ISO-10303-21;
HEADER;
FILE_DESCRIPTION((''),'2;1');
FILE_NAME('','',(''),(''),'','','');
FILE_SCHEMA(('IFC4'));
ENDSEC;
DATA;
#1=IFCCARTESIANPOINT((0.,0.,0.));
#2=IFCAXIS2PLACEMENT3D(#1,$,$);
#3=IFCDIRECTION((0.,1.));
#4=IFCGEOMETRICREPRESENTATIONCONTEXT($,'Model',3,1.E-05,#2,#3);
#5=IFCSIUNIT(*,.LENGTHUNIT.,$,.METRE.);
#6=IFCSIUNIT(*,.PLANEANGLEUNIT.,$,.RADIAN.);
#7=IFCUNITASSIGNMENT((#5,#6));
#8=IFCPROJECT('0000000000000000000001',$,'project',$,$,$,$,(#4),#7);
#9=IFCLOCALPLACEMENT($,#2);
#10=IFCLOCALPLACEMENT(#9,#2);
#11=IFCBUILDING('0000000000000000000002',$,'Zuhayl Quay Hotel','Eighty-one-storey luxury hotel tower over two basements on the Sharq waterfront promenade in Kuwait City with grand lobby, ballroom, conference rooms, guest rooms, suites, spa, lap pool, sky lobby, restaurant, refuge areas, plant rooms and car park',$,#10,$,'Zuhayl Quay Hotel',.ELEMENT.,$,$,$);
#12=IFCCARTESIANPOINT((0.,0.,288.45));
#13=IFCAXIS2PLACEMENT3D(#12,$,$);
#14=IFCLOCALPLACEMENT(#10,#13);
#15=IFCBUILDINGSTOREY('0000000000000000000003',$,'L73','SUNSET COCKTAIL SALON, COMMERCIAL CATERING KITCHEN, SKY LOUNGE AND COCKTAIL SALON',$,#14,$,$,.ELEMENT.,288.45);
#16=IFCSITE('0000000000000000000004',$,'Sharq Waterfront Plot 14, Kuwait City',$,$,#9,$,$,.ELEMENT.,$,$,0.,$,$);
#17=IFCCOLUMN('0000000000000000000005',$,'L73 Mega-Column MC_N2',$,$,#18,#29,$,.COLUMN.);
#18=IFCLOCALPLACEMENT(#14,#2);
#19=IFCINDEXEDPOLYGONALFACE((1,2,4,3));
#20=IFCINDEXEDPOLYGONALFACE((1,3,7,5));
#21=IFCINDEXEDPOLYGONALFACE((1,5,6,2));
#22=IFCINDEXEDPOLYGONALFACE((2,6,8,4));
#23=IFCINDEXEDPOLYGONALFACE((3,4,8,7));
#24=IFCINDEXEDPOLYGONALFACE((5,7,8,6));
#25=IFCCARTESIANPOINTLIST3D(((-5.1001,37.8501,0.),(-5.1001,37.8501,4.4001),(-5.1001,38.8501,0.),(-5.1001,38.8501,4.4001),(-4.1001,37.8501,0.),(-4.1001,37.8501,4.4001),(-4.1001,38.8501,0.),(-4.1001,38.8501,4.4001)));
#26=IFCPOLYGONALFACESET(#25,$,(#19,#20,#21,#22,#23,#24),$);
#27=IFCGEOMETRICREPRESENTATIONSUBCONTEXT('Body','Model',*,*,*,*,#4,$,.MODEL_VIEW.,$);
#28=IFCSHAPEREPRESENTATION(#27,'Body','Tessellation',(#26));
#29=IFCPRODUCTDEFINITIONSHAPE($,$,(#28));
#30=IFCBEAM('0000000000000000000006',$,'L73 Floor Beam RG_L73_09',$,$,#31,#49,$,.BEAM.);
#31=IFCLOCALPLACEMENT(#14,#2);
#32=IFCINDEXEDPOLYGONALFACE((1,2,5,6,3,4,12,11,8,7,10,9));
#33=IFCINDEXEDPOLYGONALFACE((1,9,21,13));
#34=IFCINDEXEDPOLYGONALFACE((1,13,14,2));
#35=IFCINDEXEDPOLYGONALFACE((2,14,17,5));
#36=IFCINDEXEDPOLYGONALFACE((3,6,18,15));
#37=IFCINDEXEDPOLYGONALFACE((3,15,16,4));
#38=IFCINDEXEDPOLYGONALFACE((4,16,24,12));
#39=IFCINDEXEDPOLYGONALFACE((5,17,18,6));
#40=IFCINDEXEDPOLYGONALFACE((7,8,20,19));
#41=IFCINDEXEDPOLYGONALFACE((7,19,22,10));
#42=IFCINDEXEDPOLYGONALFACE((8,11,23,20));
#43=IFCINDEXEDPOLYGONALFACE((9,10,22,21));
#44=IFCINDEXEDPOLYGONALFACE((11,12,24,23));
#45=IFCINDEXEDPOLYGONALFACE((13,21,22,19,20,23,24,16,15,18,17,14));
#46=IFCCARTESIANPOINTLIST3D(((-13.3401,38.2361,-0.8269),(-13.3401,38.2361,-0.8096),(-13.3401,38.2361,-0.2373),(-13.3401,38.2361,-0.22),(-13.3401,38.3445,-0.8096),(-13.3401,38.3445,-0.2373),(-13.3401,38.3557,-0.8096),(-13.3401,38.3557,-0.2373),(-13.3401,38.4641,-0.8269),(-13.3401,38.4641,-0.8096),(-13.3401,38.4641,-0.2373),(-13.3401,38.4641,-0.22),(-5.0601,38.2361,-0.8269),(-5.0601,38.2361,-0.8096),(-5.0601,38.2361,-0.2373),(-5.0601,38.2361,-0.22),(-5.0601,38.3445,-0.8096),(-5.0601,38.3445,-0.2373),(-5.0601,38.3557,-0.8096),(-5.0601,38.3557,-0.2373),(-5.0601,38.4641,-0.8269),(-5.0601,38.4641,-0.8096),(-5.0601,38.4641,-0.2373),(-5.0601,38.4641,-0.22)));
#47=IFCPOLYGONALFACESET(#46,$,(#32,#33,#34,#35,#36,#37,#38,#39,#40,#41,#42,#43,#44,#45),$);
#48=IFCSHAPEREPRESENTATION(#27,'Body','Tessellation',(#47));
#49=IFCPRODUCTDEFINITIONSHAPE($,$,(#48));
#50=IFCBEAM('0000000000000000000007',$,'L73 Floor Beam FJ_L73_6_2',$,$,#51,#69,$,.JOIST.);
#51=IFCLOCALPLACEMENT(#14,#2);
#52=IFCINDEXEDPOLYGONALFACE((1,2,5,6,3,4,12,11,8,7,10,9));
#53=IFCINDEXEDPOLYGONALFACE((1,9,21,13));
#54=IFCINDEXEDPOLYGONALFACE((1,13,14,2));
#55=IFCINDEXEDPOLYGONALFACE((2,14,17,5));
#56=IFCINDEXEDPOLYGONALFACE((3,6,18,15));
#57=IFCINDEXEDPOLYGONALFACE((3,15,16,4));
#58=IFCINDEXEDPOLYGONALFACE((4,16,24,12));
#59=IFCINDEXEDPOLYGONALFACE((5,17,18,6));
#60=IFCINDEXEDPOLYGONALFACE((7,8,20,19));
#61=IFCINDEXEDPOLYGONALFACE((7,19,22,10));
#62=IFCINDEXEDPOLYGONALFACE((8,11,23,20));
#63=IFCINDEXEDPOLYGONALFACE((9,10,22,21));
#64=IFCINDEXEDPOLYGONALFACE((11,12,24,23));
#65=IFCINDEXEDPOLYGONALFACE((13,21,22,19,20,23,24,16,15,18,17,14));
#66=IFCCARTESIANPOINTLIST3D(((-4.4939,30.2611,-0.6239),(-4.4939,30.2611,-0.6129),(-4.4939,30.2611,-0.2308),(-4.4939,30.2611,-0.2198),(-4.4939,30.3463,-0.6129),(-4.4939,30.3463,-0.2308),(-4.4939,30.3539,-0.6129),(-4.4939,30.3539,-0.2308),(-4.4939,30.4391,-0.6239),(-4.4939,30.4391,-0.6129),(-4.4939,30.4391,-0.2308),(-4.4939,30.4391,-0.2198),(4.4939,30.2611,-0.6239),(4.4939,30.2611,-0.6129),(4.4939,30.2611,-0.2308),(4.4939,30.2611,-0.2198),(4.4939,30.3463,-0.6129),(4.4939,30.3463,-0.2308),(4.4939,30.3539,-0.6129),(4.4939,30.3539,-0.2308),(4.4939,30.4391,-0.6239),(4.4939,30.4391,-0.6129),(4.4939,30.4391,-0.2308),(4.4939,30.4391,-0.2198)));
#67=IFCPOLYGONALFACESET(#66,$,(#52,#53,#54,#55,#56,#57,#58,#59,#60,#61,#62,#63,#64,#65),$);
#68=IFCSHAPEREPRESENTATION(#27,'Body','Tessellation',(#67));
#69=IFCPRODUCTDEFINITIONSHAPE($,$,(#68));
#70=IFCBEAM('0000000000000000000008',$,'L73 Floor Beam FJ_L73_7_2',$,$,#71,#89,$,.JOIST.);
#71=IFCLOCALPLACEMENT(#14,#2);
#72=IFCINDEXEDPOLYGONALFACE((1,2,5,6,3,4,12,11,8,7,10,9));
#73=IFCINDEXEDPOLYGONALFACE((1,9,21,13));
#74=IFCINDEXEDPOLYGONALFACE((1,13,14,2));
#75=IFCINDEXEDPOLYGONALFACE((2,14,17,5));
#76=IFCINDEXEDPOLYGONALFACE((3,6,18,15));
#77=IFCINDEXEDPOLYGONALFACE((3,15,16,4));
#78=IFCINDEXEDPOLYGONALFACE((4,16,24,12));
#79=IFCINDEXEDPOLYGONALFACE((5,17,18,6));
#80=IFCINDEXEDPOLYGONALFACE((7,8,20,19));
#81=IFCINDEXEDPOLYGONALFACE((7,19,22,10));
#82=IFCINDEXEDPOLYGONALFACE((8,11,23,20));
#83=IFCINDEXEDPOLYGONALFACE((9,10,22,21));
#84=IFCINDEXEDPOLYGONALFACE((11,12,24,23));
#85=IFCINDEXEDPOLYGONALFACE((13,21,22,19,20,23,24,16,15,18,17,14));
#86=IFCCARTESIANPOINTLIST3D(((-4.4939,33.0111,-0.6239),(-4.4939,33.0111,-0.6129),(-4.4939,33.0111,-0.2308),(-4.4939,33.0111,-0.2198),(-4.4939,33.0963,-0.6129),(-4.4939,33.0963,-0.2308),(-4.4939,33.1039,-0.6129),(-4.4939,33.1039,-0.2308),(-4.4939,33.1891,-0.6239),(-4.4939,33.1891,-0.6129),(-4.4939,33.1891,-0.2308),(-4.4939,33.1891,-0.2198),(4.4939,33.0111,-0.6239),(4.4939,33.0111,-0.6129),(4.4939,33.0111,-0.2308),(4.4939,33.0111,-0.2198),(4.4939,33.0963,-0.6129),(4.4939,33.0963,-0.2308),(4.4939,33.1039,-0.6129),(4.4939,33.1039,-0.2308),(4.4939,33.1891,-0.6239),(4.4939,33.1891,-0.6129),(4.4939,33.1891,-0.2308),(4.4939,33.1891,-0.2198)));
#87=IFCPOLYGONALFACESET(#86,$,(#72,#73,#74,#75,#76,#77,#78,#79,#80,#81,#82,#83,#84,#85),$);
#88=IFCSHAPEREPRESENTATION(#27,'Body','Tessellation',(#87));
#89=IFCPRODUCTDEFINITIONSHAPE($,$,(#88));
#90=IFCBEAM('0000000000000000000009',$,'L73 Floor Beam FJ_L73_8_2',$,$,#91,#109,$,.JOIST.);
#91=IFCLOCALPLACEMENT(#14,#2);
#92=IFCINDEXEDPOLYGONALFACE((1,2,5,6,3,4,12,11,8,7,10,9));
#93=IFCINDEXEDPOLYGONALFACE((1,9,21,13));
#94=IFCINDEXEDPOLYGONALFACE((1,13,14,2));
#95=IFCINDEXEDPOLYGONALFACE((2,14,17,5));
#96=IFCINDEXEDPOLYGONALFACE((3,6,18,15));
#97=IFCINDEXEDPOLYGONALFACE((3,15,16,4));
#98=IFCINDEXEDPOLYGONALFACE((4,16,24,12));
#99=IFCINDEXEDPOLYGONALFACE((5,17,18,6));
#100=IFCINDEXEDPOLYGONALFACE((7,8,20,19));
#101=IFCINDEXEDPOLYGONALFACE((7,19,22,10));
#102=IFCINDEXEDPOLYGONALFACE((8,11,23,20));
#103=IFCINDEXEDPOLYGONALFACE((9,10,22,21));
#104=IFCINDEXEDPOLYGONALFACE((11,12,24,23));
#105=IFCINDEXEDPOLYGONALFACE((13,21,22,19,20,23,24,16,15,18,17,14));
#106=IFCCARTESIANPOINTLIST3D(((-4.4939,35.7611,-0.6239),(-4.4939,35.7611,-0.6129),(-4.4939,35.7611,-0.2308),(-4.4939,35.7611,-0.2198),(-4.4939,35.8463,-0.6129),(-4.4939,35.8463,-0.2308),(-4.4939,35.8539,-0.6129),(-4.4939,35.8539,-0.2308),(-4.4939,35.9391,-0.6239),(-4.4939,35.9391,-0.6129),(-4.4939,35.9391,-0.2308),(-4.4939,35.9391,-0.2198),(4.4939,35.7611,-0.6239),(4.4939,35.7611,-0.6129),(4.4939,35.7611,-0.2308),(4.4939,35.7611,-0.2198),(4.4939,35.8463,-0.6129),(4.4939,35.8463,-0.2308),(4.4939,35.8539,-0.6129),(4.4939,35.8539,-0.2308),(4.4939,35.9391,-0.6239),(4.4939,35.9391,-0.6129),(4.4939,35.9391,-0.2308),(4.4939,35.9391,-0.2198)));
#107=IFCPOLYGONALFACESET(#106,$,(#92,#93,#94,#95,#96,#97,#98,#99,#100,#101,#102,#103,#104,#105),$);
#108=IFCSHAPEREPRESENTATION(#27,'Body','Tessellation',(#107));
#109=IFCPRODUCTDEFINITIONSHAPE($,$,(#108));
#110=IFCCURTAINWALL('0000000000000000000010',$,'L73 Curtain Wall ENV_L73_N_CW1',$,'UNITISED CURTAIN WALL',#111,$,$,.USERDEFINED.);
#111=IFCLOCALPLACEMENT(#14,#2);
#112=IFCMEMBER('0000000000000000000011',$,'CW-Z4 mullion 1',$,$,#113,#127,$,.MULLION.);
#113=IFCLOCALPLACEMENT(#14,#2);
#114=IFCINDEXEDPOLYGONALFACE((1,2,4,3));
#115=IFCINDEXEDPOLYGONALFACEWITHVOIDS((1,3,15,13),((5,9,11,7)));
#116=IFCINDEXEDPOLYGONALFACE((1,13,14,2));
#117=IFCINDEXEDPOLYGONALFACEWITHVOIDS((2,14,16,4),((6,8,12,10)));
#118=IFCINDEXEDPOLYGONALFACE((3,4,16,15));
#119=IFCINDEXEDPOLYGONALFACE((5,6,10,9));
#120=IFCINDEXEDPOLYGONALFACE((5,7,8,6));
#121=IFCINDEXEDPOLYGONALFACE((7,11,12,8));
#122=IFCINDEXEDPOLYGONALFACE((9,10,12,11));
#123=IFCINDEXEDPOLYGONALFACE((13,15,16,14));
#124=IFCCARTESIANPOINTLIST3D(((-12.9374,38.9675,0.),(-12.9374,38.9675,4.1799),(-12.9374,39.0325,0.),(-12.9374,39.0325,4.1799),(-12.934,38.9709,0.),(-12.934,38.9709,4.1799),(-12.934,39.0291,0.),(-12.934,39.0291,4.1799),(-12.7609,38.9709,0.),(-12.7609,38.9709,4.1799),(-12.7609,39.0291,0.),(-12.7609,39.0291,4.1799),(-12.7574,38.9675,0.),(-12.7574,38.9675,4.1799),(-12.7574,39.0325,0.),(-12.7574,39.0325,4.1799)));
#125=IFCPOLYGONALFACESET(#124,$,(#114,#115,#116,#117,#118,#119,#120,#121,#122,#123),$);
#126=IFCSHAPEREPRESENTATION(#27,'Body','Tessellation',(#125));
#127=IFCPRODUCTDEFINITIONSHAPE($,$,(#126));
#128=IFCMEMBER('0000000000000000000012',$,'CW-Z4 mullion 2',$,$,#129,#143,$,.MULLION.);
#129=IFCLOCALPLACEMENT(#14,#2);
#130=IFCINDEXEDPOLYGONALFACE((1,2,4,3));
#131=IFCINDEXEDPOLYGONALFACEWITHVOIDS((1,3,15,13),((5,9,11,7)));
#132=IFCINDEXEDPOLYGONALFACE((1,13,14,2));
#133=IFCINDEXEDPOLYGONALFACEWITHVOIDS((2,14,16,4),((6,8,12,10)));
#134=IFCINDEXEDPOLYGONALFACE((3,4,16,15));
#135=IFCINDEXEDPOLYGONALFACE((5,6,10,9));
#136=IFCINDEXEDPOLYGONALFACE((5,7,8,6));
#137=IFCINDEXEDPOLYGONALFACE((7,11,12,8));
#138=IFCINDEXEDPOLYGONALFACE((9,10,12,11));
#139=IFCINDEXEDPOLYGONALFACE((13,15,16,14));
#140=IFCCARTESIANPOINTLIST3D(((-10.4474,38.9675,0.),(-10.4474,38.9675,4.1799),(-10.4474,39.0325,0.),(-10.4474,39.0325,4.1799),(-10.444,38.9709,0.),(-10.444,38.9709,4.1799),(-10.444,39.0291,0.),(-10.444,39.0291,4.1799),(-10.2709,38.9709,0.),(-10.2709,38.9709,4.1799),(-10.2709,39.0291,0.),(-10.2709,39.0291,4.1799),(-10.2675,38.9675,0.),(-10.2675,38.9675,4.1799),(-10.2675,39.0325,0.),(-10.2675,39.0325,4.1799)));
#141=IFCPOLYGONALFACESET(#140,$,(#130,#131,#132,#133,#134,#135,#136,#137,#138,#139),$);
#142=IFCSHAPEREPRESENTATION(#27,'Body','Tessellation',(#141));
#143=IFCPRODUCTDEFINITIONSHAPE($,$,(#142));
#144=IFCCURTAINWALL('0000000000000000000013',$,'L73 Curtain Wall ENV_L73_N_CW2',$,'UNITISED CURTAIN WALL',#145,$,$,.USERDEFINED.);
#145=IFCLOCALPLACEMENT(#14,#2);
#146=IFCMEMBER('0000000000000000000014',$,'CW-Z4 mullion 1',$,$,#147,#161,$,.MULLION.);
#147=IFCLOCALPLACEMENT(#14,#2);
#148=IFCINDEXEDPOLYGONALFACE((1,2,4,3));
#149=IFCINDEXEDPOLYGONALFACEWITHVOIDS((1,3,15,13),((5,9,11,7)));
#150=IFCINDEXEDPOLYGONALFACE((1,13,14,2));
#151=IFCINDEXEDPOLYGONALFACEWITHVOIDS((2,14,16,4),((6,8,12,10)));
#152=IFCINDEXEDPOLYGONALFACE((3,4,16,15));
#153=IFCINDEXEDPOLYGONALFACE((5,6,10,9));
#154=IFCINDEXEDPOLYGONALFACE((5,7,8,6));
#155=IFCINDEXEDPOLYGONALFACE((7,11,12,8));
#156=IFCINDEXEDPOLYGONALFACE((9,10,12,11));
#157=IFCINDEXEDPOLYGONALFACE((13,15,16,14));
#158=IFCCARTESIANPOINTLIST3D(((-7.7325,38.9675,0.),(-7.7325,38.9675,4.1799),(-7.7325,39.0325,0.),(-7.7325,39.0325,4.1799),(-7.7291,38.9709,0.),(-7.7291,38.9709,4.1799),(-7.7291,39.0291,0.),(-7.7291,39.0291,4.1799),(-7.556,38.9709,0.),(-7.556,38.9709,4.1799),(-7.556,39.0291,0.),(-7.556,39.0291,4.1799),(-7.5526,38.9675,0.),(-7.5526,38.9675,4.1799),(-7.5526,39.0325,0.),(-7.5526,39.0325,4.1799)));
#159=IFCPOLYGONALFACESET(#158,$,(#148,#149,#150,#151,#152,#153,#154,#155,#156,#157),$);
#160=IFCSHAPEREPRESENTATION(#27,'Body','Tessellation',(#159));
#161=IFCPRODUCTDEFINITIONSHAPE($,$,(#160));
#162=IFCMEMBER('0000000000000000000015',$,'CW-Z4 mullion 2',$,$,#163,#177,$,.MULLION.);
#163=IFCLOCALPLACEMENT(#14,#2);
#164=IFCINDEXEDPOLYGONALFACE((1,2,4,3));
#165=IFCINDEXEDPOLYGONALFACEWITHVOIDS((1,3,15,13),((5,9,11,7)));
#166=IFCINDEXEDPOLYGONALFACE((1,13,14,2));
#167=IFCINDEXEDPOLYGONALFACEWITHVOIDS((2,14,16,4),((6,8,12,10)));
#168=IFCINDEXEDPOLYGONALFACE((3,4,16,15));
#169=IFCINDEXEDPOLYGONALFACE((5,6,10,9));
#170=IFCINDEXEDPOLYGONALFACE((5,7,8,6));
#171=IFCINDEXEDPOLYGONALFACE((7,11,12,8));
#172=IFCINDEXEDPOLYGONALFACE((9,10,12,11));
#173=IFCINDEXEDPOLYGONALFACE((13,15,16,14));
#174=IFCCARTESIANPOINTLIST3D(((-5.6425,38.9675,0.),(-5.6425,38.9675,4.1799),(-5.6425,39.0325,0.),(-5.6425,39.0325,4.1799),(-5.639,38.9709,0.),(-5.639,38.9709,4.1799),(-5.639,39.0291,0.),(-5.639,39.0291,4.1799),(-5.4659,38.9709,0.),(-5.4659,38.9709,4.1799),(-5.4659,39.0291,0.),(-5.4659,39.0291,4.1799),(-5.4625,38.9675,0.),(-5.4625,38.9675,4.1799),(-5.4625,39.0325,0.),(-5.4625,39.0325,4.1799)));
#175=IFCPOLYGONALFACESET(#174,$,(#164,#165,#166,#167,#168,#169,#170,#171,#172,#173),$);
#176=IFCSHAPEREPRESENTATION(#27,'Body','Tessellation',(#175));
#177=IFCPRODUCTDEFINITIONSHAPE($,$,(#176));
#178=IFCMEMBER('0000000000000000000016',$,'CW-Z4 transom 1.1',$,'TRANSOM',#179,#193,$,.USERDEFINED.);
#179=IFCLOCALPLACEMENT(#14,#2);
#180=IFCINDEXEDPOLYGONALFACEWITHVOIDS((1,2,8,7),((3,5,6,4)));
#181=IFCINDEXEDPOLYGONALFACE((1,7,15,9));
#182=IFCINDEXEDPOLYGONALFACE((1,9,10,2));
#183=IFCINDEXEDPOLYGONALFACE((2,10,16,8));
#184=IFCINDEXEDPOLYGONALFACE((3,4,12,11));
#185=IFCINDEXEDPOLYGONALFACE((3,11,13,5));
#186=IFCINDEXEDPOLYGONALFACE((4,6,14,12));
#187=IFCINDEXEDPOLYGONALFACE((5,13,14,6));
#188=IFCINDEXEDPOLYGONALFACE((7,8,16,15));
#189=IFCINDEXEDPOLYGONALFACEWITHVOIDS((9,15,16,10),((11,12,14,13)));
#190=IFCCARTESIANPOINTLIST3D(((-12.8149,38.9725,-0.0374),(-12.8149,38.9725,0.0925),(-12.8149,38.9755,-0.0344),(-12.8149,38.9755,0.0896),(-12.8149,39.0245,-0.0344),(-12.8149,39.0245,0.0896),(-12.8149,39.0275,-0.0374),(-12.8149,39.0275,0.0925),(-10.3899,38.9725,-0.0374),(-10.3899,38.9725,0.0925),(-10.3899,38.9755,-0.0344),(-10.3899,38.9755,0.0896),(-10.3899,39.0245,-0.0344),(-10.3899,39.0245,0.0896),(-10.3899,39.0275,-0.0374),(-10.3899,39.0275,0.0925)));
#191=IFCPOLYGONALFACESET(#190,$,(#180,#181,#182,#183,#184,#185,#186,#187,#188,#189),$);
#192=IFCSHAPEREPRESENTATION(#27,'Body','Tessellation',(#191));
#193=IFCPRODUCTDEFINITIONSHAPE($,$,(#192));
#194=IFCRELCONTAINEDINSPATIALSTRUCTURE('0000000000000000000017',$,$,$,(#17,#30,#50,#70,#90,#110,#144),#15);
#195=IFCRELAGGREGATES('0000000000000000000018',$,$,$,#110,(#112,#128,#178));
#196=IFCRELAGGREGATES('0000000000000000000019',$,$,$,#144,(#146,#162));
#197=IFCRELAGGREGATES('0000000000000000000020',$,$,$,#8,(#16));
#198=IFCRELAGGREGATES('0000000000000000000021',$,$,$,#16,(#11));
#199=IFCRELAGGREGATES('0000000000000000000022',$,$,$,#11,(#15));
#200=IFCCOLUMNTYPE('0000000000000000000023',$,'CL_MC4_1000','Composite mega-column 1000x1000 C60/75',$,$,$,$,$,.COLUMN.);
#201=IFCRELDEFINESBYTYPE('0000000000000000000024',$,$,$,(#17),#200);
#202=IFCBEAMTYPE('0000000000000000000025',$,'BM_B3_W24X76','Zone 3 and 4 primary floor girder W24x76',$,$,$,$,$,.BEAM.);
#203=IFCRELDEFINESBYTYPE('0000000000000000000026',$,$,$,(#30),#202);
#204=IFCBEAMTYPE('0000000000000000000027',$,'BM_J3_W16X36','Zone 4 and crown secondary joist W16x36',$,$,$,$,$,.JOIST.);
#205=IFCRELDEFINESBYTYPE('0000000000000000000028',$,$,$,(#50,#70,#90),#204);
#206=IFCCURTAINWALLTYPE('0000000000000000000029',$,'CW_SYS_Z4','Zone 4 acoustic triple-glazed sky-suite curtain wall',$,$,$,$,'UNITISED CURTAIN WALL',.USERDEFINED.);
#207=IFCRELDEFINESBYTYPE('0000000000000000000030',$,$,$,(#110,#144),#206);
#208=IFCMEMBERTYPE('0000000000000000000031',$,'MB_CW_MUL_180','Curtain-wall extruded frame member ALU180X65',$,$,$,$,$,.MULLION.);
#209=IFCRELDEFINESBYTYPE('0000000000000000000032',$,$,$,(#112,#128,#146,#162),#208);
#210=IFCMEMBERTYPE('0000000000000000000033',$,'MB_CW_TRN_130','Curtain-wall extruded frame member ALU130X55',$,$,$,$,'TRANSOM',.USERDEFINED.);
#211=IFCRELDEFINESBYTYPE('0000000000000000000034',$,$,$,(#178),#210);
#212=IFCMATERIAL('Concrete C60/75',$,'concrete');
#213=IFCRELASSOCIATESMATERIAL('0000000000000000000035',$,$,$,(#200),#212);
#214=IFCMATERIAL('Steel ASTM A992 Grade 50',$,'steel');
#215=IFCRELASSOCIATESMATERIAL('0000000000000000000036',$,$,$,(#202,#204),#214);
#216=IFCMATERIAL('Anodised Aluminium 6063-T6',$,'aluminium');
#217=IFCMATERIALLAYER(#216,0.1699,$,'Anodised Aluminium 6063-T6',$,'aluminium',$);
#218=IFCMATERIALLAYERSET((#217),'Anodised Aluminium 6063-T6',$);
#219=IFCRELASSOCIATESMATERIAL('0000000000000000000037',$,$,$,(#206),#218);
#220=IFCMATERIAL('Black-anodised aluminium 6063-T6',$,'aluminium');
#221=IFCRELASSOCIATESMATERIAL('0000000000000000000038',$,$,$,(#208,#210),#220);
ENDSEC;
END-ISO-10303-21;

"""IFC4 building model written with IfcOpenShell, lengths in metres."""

from ifc_helpers import new_model, si_unit, direction, frame, origin, origin_2d, place, context, subcontext, project, spatial, rectangle, hollow_rectangle, i_section, extrude, material, layer, layer_set, material_profile, profile_set, type_object, element, aggregate, save


model = new_model("IFC4")

# Units and contexts
model_context = context("Model", 3, precision=1e-05, world=origin(), true_north=direction((0.0, 1.0)))
body_context = subcontext(model_context, "Body", "Model", "MODEL_VIEW")
ifc_project = project(units=[si_unit("LENGTHUNIT", "METRE"), si_unit("PLANEANGLEUNIT", "RADIAN")], contexts=[model_context])

# Site, building, storey
site_placement = place(None, origin())
site = spatial("IfcSite", under=ifc_project, at=site_placement, Name="Sharq Waterfront Plot 14, Kuwait City", CompositionType="ELEMENT", RefElevation=0.0)
building_placement = place(site_placement, origin())
building = spatial("IfcBuilding", under=site, at=building_placement, Name="Zuhayl Quay Hotel", Description="Eighty-one-storey luxury hotel tower over two basements on the Sharq waterfront promenade in Kuwait City with grand lobby, ballroom, conference rooms, guest rooms, suites, spa, lap pool, sky lobby, restaurant, refuge areas, plant rooms and car park", LongName="Zuhayl Quay Hotel", CompositionType="ELEMENT")
storey_placement = place(building_placement, frame((0.0, 0.0, 288.45)))
storey = spatial("IfcBuildingStorey", under=building, at=storey_placement, Name="L73", Description="SUNSET COCKTAIL SALON, COMMERCIAL CATERING KITCHEN, SKY LOUNGE AND COCKTAIL SALON", CompositionType="ELEMENT", Elevation=288.45)

# Column
ifc_material_1 = material(Name="Concrete C60/75", Category="concrete")
ifc_material_profile_1 = material_profile(ifc_material_1, rectangle(XDim=1.0, YDim=1.0, at=origin_2d()), Name="RC1000X1000")
ifc_profile_set_1 = profile_set([ifc_material_profile_1], Name="Concrete C60/75")
column_type = type_object("IfcColumnType", Name="CL_MC4_1000", Description="Composite mega-column 1000x1000 C60/75", PredefinedType="COLUMN", material=ifc_profile_set_1)
column_placement = place(storey_placement, frame((-4.6001, 38.3501, 0.0), z_axis=(0.0, 0.0, 1.0), x_axis=(1.0, 0.0, 0.0)))
element("IfcColumn", 1, at=column_placement, inside=storey, type_object=column_type, Name="L73 Mega-Column MC_N2", PredefinedType="COLUMN", context=body_context, shape_type="SweptSolid", body=[
    extrude(rectangle(XDim=1.0, YDim=1.0, at=origin_2d()), origin(), (0.0, 0.0, 1.0), 4.4001),
])

# Beams
ifc_material_2 = material(Name="Steel ASTM A992 Grade 50", Category="steel")
ifc_material_profile_2 = material_profile(ifc_material_2, i_section(OverallWidth=0.228, OverallDepth=0.6069, WebThickness=0.0112, FlangeThickness=0.0173, at=origin_2d()), Name="W24X76")
ifc_profile_set_2 = profile_set([ifc_material_profile_2], Name="Steel ASTM A992 Grade 50")
beam_type_1 = type_object("IfcBeamType", Name="BM_B3_W24X76", Description="Zone 3 and 4 primary floor girder W24x76", PredefinedType="BEAM", material=ifc_profile_set_2)
beam_placement = place(storey_placement, frame((-5.0601, 38.3501, -0.5234), z_axis=(-1.0, 0.0, 0.0), x_axis=(0.0, -1.0, 0.0)))
element("IfcBeam", 2, at=beam_placement, inside=storey, type_object=beam_type_1, Name="L73 Floor Beam RG_L73_09", PredefinedType="BEAM", context=body_context, shape_type="SweptSolid", body=[
    extrude(i_section(OverallWidth=0.228, OverallDepth=0.6069, WebThickness=0.0112, FlangeThickness=0.0173, at=origin_2d()), origin(), (0.0, 0.0, 1.0), 8.28),
])
ifc_material_profile_3 = material_profile(ifc_material_2, i_section(OverallWidth=0.178, OverallDepth=0.4041, WebThickness=0.0076, FlangeThickness=0.011, at=origin_2d()), Name="W16X36")
ifc_profile_set_3 = profile_set([ifc_material_profile_3], Name="Steel ASTM A992 Grade 50")
beam_type_2 = type_object("IfcBeamType", Name="BM_J3_W16X36", Description="Zone 4 and crown secondary joist W16x36", PredefinedType="JOIST", material=ifc_profile_set_3)
for number, where, z_axis, x_axis, name in (
    (3, (-4.4939, 30.3501, -0.4219), (1.0, 0.0, 0.0), (0.0, 1.0, 0.0), "L73 Floor Beam FJ_L73_6_2"),
    (4, (-4.4939, 33.1001, -0.4219), (1.0, 0.0, 0.0), (0.0, 1.0, 0.0), "L73 Floor Beam FJ_L73_7_2"),
    (5, (-4.4939, 35.8501, -0.4219), (1.0, 0.0, 0.0), (0.0, 1.0, 0.0), "L73 Floor Beam FJ_L73_8_2"),
):
    element("IfcBeam", number, at=place(storey_placement, frame(where, z_axis=z_axis, x_axis=x_axis)), inside=storey, type_object=beam_type_2, Name=name, PredefinedType="JOIST", context=body_context, shape_type="SweptSolid", body=[
        extrude(i_section(OverallWidth=0.178, OverallDepth=0.4041, WebThickness=0.0076, FlangeThickness=0.011, at=origin_2d()), origin(), (0.0, 0.0, 1.0), 8.9878),
    ])

# Curtain walls, members
ifc_material_3 = material(Name="Anodised Aluminium 6063-T6", Category="aluminium")
ifc_layer_1 = layer(ifc_material_3, 0.1699, Name="Anodised Aluminium 6063-T6", Category="aluminium")
ifc_layer_set_1 = layer_set([ifc_layer_1], Name="Anodised Aluminium 6063-T6")
curtain_wall_type = type_object("IfcCurtainWallType", Name="CW_SYS_Z4", Description="Zone 4 acoustic triple-glazed sky-suite curtain wall", ElementType="UNITISED CURTAIN WALL", PredefinedType="USERDEFINED", material=ifc_layer_set_1)
curtain_wall_1_placement = place(storey_placement, origin())
curtain_wall_1 = element("IfcCurtainWall", 6, at=curtain_wall_1_placement, inside=storey, type_object=curtain_wall_type, Name="L73 Curtain Wall ENV_L73_N_CW1", ObjectType="UNITISED CURTAIN WALL", PredefinedType="USERDEFINED")
ifc_material_4 = material(Name="Black-anodised aluminium 6063-T6", Category="aluminium")
ifc_material_profile_4 = material_profile(ifc_material_4, hollow_rectangle(XDim=0.0649, YDim=0.1799, WallThickness=0.0034, at=origin_2d()), Name="ALU180X65")
ifc_profile_set_4 = profile_set([ifc_material_profile_4], Name="Black-anodised aluminium 6063-T6")
member_type_1 = type_object("IfcMemberType", Name="MB_CW_MUL_180", Description="Curtain-wall extruded frame member ALU180X65", PredefinedType="MULLION", material=ifc_profile_set_4)
member_1_placement = place(storey_placement, frame((-12.8474, 39.0, 0.0), z_axis=(0.0, 0.0, 1.0), x_axis=(0.0, 1.0, 0.0)))
member_1 = element("IfcMember", 7, at=member_1_placement, type_object=member_type_1, Name="CW-Z4 mullion 1", PredefinedType="MULLION", context=body_context, shape_type="SweptSolid", body=[
    extrude(hollow_rectangle(XDim=0.0649, YDim=0.1799, WallThickness=0.0034, at=origin_2d()), origin(), (0.0, 0.0, 1.0), 4.1799),
])
member_2_placement = place(storey_placement, frame((-10.3574, 39.0, 0.0), z_axis=(0.0, 0.0, 1.0), x_axis=(0.0, 1.0, 0.0)))
member_2 = element("IfcMember", 8, at=member_2_placement, type_object=member_type_1, Name="CW-Z4 mullion 2", PredefinedType="MULLION", context=body_context, shape_type="SweptSolid", body=[
    extrude(hollow_rectangle(XDim=0.0649, YDim=0.1799, WallThickness=0.0034, at=origin_2d()), origin(), (0.0, 0.0, 1.0), 4.1799),
])
curtain_wall_2_placement = place(storey_placement, origin())
curtain_wall_2 = element("IfcCurtainWall", 9, at=curtain_wall_2_placement, inside=storey, type_object=curtain_wall_type, Name="L73 Curtain Wall ENV_L73_N_CW2", ObjectType="UNITISED CURTAIN WALL", PredefinedType="USERDEFINED")
member_3_placement = place(storey_placement, frame((-7.6426, 39.0, 0.0), z_axis=(0.0, 0.0, 1.0), x_axis=(0.0, 1.0, 0.0)))
member_3 = element("IfcMember", 10, at=member_3_placement, type_object=member_type_1, Name="CW-Z4 mullion 1", PredefinedType="MULLION", context=body_context, shape_type="SweptSolid", body=[
    extrude(hollow_rectangle(XDim=0.0649, YDim=0.1799, WallThickness=0.0034, at=origin_2d()), origin(), (0.0, 0.0, 1.0), 4.1799),
])
member_4_placement = place(storey_placement, frame((-5.5525, 39.0, 0.0), z_axis=(0.0, 0.0, 1.0), x_axis=(0.0, 1.0, 0.0)))
member_4 = element("IfcMember", 11, at=member_4_placement, type_object=member_type_1, Name="CW-Z4 mullion 2", PredefinedType="MULLION", context=body_context, shape_type="SweptSolid", body=[
    extrude(hollow_rectangle(XDim=0.0649, YDim=0.1799, WallThickness=0.0034, at=origin_2d()), origin(), (0.0, 0.0, 1.0), 4.1799),
])

# Member
ifc_material_profile_5 = material_profile(ifc_material_4, hollow_rectangle(XDim=0.0549, YDim=0.1299, WallThickness=0.0029, at=origin_2d()), Name="ALU130X55")
ifc_profile_set_5 = profile_set([ifc_material_profile_5], Name="Black-anodised aluminium 6063-T6")
member_type_2 = type_object("IfcMemberType", Name="MB_CW_TRN_130", Description="Curtain-wall extruded frame member ALU130X55", ElementType="TRANSOM", PredefinedType="USERDEFINED", material=ifc_profile_set_5)
member_5_placement = place(storey_placement, frame((-12.8149, 39.0, 0.0276), z_axis=(1.0, 0.0, 0.0), x_axis=(0.0, 1.0, 0.0)))
member_5 = element("IfcMember", 12, at=member_5_placement, type_object=member_type_2, Name="CW-Z4 transom 1.1", ObjectType="TRANSOM", PredefinedType="USERDEFINED", context=body_context, shape_type="SweptSolid", body=[
    extrude(hollow_rectangle(XDim=0.0549, YDim=0.1299, WallThickness=0.0029, at=origin_2d()), origin(), (0.0, 0.0, 1.0), 2.425),
])

aggregate(curtain_wall_1, [member_1, member_2, member_5])
aggregate(curtain_wall_2, [member_3, member_4])

save(model, "model.ifc")
